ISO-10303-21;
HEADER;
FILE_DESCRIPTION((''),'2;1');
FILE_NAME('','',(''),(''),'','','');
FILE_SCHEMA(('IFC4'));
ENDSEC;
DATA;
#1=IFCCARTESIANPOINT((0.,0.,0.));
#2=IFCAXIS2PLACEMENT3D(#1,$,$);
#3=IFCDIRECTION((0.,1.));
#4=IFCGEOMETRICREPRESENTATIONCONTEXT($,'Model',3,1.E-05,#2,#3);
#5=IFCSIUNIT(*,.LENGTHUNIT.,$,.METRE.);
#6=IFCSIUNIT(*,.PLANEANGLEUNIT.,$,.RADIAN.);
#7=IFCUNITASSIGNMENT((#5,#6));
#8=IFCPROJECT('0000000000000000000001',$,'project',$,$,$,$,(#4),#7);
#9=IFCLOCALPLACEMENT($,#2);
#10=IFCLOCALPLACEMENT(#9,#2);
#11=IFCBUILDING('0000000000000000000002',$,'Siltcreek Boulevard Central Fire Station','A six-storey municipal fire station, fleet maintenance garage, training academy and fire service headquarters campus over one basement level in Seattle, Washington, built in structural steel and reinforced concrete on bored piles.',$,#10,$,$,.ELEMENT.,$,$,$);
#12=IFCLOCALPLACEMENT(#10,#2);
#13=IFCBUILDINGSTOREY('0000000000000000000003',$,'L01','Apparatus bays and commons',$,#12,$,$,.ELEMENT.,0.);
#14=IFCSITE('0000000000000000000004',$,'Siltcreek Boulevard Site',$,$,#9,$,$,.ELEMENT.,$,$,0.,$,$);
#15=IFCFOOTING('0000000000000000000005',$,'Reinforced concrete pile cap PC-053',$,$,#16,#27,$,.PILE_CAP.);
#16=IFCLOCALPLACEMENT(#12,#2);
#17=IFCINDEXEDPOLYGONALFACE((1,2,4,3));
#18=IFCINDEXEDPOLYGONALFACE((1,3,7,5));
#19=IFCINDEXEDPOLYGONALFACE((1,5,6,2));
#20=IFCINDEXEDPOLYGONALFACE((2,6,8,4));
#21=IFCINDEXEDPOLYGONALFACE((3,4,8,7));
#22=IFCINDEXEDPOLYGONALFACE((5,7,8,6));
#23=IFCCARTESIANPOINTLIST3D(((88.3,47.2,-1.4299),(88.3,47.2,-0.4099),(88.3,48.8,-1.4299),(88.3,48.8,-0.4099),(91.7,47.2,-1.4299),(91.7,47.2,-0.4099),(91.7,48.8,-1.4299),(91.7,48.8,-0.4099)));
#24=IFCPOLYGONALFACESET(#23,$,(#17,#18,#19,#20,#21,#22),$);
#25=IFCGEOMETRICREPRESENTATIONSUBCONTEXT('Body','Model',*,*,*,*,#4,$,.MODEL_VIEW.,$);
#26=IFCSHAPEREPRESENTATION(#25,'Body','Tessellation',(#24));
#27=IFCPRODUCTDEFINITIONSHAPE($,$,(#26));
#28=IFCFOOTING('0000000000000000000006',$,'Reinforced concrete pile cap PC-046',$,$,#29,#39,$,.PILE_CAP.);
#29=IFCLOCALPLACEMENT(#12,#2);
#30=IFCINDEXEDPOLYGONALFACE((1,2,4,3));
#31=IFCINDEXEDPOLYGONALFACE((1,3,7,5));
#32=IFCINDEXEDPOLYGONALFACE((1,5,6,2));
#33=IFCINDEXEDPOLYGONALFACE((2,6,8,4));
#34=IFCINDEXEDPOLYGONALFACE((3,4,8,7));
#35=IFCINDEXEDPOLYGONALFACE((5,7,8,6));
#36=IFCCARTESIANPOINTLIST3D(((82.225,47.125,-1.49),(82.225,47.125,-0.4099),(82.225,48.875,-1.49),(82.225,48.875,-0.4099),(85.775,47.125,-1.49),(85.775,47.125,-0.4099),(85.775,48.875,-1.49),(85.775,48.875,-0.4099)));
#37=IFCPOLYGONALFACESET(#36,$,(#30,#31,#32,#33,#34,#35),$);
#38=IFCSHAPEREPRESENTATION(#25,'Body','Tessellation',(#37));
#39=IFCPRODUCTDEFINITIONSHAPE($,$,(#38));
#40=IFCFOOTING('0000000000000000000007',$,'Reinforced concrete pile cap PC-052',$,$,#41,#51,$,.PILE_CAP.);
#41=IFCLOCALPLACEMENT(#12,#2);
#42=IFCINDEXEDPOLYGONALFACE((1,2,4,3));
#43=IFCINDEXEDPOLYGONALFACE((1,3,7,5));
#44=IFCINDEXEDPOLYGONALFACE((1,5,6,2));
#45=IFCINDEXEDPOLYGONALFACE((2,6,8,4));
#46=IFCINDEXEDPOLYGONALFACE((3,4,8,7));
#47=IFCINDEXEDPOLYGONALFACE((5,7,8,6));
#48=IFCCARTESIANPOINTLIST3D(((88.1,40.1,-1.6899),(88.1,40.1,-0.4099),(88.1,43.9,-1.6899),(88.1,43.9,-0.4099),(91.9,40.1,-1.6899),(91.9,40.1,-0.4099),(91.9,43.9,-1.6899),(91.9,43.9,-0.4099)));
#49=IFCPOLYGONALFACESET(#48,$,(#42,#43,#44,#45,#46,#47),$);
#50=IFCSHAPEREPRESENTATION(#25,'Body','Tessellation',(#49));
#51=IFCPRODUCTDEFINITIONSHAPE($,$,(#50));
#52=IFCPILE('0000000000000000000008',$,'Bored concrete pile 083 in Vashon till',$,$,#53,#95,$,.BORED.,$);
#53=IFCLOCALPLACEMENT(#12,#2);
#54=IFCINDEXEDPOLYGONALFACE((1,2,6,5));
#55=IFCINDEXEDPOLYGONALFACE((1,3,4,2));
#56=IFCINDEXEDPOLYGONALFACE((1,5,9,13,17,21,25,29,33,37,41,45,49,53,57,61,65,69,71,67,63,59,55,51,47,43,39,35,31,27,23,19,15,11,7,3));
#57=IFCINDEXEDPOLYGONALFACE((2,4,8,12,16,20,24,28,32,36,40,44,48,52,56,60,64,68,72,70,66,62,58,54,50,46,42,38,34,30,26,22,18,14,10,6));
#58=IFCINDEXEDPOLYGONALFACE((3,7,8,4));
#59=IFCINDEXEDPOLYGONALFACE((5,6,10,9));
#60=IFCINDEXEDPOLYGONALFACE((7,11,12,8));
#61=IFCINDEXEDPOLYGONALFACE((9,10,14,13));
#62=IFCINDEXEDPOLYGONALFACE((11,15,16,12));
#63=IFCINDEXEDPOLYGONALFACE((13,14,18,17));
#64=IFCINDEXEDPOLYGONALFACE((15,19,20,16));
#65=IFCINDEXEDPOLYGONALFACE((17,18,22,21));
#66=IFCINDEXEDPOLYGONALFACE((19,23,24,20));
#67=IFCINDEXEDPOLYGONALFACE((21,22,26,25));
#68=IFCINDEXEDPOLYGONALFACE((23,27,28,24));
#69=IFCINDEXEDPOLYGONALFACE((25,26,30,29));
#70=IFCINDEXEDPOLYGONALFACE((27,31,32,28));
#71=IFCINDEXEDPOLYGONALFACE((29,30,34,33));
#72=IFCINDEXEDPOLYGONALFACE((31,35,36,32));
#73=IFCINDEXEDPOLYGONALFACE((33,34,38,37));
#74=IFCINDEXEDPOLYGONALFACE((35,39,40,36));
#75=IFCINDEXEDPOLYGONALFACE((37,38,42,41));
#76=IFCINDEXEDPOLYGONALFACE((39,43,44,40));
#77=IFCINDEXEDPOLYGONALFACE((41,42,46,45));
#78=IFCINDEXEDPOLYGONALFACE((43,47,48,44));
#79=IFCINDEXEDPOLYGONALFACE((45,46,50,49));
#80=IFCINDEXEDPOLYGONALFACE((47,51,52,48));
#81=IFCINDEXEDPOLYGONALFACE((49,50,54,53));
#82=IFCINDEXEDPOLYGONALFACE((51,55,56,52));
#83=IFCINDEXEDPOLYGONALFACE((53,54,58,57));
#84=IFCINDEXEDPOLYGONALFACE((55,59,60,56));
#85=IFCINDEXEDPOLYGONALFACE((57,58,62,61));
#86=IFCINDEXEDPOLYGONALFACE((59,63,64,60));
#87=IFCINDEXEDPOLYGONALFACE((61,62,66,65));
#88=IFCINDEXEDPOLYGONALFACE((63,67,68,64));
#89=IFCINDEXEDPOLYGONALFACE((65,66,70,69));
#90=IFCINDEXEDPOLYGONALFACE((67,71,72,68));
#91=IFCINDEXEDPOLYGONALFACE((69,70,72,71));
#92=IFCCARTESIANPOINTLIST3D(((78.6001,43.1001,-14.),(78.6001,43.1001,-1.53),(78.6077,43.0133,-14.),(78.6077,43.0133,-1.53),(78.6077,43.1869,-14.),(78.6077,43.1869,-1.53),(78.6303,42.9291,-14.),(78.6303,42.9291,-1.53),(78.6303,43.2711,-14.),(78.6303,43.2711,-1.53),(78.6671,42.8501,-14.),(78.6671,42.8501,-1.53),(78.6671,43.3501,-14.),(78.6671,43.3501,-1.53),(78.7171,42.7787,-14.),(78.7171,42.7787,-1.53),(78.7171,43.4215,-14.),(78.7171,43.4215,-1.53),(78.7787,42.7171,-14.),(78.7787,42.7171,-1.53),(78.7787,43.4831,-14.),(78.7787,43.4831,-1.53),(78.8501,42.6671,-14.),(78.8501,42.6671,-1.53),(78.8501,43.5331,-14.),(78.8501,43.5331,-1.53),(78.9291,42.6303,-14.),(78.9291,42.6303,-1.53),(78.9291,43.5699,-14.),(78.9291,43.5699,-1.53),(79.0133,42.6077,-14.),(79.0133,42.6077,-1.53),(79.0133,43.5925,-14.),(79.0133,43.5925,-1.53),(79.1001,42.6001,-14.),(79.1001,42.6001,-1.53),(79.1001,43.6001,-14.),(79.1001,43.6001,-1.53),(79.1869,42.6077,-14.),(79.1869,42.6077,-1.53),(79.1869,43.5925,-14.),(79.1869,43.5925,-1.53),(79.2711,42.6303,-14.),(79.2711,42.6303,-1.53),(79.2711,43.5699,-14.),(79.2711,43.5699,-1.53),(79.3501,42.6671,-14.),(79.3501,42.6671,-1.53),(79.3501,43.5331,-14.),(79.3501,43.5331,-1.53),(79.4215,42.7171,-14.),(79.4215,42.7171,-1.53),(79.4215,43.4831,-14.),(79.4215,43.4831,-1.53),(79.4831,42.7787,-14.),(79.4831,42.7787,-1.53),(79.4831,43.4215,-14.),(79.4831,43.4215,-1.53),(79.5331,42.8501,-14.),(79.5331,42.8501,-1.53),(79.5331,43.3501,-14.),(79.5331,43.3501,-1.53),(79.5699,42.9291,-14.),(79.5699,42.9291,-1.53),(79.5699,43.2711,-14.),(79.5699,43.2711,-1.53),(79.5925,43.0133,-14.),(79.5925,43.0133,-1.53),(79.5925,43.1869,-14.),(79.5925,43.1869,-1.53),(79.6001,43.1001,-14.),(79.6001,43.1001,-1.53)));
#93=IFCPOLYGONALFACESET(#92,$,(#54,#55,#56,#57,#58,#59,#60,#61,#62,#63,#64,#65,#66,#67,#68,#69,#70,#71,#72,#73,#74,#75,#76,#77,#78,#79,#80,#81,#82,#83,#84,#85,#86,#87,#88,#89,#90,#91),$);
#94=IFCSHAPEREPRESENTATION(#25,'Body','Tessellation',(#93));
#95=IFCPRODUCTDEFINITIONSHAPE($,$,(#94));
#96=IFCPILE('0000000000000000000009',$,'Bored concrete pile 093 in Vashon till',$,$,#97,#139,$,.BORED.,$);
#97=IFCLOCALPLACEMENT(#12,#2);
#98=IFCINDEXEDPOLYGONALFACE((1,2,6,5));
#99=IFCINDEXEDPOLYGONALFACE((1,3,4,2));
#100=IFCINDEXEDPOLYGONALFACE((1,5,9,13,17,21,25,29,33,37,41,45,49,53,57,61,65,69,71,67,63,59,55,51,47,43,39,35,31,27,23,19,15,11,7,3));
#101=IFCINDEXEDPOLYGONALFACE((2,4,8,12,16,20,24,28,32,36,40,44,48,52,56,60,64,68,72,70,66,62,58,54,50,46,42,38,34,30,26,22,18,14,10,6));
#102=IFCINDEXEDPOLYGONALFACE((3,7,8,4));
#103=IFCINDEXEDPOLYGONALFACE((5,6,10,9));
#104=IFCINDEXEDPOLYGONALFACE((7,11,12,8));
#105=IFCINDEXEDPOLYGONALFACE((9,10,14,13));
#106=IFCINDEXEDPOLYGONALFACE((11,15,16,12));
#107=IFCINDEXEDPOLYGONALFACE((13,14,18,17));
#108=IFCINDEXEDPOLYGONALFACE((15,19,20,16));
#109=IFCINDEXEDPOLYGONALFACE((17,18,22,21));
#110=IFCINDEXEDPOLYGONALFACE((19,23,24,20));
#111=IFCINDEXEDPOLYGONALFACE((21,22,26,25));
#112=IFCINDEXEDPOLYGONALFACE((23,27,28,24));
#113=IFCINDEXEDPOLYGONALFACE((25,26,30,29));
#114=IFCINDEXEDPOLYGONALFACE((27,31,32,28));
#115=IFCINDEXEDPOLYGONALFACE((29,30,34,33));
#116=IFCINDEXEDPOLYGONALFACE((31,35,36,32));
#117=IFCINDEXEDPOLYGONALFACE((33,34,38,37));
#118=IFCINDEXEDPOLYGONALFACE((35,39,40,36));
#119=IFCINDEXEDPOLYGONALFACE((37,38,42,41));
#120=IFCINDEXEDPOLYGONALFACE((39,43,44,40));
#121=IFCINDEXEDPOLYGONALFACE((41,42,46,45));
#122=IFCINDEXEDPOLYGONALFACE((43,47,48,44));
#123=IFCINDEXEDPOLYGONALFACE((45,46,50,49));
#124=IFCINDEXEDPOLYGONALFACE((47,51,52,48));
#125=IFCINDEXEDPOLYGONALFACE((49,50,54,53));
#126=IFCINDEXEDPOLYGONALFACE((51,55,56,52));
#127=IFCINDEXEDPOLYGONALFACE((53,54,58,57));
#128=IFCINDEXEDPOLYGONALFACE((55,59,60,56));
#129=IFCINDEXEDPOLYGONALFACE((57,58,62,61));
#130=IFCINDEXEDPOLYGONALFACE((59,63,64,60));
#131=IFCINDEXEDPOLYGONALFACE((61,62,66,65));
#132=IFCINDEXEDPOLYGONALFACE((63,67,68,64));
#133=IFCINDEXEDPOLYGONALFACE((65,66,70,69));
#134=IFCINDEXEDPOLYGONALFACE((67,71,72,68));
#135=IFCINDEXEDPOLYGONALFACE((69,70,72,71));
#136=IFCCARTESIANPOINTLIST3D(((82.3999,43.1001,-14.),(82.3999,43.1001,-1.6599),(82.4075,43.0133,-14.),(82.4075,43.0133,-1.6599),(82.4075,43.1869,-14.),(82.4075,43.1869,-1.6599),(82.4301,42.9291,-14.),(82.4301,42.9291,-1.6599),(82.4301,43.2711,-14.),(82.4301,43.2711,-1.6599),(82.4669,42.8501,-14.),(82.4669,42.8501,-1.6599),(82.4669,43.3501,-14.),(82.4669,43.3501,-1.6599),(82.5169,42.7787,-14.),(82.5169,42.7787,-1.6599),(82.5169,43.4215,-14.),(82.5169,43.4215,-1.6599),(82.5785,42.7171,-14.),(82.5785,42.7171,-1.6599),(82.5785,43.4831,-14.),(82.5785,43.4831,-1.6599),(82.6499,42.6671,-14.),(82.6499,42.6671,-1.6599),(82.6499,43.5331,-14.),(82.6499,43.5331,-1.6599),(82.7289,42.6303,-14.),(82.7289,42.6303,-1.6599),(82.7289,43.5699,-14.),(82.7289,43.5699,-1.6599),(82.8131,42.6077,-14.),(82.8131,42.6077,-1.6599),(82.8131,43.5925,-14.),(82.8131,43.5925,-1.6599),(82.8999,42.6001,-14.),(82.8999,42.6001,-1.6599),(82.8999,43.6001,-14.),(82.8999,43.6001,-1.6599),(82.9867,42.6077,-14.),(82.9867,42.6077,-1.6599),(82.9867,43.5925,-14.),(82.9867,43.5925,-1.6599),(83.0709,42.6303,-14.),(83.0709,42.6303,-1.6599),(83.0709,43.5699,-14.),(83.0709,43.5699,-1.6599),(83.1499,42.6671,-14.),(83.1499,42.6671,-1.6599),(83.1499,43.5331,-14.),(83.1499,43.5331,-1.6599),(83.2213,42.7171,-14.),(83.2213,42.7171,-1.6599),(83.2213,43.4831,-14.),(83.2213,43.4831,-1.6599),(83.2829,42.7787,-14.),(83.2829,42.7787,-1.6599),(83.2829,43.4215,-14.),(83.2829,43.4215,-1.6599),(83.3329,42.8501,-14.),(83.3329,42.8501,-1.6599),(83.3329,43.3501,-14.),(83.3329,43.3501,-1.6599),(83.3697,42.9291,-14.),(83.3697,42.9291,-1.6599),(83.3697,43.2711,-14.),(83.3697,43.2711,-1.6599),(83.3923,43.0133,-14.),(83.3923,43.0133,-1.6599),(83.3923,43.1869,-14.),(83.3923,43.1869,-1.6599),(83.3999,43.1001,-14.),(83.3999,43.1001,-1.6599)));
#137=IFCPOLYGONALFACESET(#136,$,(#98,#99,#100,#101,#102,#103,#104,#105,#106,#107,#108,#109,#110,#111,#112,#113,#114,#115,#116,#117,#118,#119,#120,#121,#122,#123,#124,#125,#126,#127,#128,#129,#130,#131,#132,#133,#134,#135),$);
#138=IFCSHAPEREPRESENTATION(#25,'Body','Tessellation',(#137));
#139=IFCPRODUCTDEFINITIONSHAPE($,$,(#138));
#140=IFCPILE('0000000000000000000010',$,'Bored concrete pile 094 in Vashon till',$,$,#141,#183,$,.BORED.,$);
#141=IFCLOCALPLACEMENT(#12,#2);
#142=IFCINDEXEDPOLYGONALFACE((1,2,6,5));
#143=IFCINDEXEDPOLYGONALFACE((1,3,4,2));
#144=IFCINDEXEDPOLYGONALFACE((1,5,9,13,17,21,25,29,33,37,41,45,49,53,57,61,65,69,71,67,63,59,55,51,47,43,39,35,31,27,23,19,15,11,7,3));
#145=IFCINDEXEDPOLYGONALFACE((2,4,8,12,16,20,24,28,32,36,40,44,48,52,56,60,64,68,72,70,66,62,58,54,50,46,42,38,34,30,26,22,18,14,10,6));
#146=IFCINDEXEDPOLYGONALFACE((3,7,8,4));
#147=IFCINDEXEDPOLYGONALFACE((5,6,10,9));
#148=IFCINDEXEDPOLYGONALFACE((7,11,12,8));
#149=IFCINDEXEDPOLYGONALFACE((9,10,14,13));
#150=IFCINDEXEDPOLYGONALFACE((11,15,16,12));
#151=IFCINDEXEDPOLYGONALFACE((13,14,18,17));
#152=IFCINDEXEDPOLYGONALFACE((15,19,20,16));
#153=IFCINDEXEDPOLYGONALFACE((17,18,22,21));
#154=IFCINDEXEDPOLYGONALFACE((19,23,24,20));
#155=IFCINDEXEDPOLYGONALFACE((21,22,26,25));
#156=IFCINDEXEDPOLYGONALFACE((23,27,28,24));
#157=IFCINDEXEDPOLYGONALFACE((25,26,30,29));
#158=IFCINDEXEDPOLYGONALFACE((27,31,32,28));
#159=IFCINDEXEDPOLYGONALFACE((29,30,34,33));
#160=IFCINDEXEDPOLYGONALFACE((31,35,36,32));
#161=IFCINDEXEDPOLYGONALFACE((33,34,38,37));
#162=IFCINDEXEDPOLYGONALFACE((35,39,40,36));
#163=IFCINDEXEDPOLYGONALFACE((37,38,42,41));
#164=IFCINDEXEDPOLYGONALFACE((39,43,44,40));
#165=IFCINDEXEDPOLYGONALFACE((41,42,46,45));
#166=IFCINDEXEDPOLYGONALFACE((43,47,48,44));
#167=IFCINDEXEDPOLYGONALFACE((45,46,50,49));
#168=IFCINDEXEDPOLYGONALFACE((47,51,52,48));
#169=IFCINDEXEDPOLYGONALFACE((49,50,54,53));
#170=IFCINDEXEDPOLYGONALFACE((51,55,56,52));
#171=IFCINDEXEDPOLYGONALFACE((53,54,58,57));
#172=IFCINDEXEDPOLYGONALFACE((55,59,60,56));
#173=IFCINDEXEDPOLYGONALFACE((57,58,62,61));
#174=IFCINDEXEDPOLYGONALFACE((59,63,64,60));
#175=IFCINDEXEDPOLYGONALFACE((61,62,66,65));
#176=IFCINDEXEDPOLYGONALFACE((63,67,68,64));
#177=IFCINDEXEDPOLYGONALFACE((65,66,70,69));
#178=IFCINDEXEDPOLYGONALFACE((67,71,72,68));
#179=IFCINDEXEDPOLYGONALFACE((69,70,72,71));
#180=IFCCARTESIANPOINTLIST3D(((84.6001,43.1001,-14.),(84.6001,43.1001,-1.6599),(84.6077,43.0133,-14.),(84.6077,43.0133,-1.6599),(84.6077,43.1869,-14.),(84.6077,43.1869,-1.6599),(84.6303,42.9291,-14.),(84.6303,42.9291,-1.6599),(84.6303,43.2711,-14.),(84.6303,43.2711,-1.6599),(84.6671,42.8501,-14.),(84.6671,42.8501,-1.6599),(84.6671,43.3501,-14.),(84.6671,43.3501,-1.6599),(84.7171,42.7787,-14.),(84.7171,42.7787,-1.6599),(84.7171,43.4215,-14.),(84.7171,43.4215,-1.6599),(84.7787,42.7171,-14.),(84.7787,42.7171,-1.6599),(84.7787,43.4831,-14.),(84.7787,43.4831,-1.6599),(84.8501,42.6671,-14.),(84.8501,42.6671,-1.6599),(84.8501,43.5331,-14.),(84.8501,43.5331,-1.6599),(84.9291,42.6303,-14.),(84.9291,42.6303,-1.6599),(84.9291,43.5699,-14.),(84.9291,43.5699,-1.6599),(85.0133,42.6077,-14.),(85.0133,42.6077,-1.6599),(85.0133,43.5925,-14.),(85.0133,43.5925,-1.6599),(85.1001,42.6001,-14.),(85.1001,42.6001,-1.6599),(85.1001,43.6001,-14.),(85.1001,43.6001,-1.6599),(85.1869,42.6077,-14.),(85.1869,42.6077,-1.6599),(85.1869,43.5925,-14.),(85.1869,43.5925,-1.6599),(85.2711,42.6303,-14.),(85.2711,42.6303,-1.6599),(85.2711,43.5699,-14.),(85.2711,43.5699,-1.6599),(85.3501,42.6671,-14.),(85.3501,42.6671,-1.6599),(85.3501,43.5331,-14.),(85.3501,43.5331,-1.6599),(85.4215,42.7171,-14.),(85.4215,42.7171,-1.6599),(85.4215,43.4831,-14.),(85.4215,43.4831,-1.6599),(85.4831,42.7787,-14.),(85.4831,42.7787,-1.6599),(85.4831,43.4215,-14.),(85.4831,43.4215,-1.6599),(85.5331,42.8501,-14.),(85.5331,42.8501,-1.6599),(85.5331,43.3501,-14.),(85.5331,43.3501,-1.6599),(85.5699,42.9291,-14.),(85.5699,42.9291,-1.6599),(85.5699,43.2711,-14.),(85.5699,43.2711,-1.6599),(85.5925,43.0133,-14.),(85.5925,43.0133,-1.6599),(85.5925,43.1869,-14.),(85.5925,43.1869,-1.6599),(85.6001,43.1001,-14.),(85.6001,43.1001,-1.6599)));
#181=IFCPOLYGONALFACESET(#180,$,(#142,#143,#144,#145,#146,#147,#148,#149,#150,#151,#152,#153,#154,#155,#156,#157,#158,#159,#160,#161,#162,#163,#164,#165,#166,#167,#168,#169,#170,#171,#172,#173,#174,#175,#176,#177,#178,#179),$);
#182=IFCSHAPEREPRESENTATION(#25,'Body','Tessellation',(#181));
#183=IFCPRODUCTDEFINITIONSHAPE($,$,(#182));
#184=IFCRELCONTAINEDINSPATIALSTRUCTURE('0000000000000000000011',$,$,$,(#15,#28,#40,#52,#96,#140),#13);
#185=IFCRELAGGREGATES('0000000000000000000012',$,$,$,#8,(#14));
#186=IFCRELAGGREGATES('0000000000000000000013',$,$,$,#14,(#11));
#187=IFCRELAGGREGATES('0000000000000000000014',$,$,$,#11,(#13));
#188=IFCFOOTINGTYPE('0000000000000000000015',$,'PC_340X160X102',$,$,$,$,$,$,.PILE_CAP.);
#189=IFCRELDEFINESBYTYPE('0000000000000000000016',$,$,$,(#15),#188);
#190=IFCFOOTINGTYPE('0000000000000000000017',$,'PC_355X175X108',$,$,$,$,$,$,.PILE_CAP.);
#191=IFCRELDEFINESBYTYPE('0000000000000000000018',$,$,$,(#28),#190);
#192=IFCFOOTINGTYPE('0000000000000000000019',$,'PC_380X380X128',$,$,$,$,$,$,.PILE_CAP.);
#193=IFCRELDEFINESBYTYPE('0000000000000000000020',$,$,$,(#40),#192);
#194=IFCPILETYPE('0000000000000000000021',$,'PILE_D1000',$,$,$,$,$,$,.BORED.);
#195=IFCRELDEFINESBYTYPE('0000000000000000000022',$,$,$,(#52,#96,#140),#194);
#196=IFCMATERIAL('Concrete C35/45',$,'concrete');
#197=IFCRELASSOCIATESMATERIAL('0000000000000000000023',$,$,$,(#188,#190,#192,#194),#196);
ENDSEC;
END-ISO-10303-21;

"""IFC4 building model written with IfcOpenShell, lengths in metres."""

from ifc_helpers import new_model, si_unit, direction, frame, origin, origin_2d, place, context, subcontext, project, spatial, rectangle, circle, extrude, material, material_profile, profile_set, type_object, element, save


model = new_model("IFC4")

# Units and contexts
model_context = context("Model", 3, precision=1e-05, world=origin(), true_north=direction((0.0, 1.0)))
body_context = subcontext(model_context, "Body", "Model", "MODEL_VIEW")
ifc_project = project(units=[si_unit("LENGTHUNIT", "METRE"), si_unit("PLANEANGLEUNIT", "RADIAN")], contexts=[model_context])

# Site, building, storey
site_placement = place(None, origin())
site = spatial("IfcSite", under=ifc_project, at=site_placement, Name="Siltcreek Boulevard Site", CompositionType="ELEMENT", RefElevation=0.0)
building_placement = place(site_placement, origin())
building = spatial("IfcBuilding", under=site, at=building_placement, Name="Siltcreek Boulevard Central Fire Station", Description="A six-storey municipal fire station, fleet maintenance garage, training academy and fire service headquarters campus over one basement level in Seattle, Washington, built in structural steel and reinforced concrete on bored piles.", CompositionType="ELEMENT")
storey_placement = place(building_placement, origin())
storey = spatial("IfcBuildingStorey", under=building, at=storey_placement, Name="L01", Description="Apparatus bays and commons", CompositionType="ELEMENT", Elevation=0.0)

# Footings
ifc_material_1 = material(Name="Concrete C35/45", Category="concrete")
footing_type_1 = type_object("IfcFootingType", Name="PC_340X160X102", PredefinedType="PILE_CAP", material=ifc_material_1)
footing_1_placement = place(storey_placement, frame((90.0, 48.0, -1.4299), z_axis=(0.0, 0.0, 1.0), x_axis=(1.0, 0.0, 0.0)))
element("IfcFooting", 1, at=footing_1_placement, inside=storey, type_object=footing_type_1, Name="Reinforced concrete pile cap PC-053", PredefinedType="PILE_CAP", context=body_context, shape_type="SweptSolid", body=[
    extrude(rectangle(XDim=3.3999, YDim=1.6001, at=origin_2d()), origin(), (0.0, 0.0, 1.0), 1.02),
])
footing_type_2 = type_object("IfcFootingType", Name="PC_355X175X108", PredefinedType="PILE_CAP", material=ifc_material_1)
footing_2_placement = place(storey_placement, frame((84.0, 48.0, -1.49), z_axis=(0.0, 0.0, 1.0), x_axis=(1.0, 0.0, 0.0)))
element("IfcFooting", 2, at=footing_2_placement, inside=storey, type_object=footing_type_2, Name="Reinforced concrete pile cap PC-046", PredefinedType="PILE_CAP", context=body_context, shape_type="SweptSolid", body=[
    extrude(rectangle(XDim=3.55, YDim=1.75, at=origin_2d()), origin(), (0.0, 0.0, 1.0), 1.0801),
])
footing_type_3 = type_object("IfcFootingType", Name="PC_380X380X128", PredefinedType="PILE_CAP", material=ifc_material_1)
footing_3_placement = place(storey_placement, frame((90.0, 42.0, -1.6899), z_axis=(0.0, 0.0, 1.0), x_axis=(1.0, 0.0, 0.0)))
element("IfcFooting", 3, at=footing_3_placement, inside=storey, type_object=footing_type_3, Name="Reinforced concrete pile cap PC-052", PredefinedType="PILE_CAP", context=body_context, shape_type="SweptSolid", body=[
    extrude(rectangle(XDim=3.8, YDim=3.8, at=origin_2d()), origin(), (0.0, 0.0, 1.0), 1.28),
])

# Piles
ifc_material_profile_1 = material_profile(ifc_material_1, circle(Radius=0.5, at=origin_2d()), Name="SHAFT1000")
ifc_profile_set_1 = profile_set([ifc_material_profile_1], Name="Concrete C35/45")
pile_type_1 = type_object("IfcPileType", Name="PILE_D1000", PredefinedType="BORED", material=ifc_profile_set_1)
pile_placement = place(storey_placement, frame((79.1001, 43.1001, -1.53), z_axis=(0.0, 0.0, -1.0), x_axis=(1.0, 0.0, 0.0)))
element("IfcPile", 4, at=pile_placement, inside=storey, type_object=pile_type_1, Name="Bored concrete pile 083 in Vashon till", PredefinedType="BORED", context=body_context, shape_type="SweptSolid", body=[
    extrude(circle(Radius=0.5, at=origin_2d()), origin(), (0.0, 0.0, 1.0), 12.47),
])
for number, where, z_axis, x_axis, name in (
    (5, (82.8999, 43.1001, -1.6599), (0.0, 0.0, -1.0), (1.0, 0.0, 0.0), "Bored concrete pile 093 in Vashon till"),
    (6, (85.1001, 43.1001, -1.6599), (0.0, 0.0, -1.0), (1.0, 0.0, 0.0), "Bored concrete pile 094 in Vashon till"),
):
    element("IfcPile", number, at=place(storey_placement, frame(where, z_axis=z_axis, x_axis=x_axis)), inside=storey, type_object=pile_type_1, Name=name, PredefinedType="BORED", context=body_context, shape_type="SweptSolid", body=[
        extrude(circle(Radius=0.5, at=origin_2d()), origin(), (0.0, 0.0, 1.0), 12.3401),
    ])

save(model, "model.ifc")
